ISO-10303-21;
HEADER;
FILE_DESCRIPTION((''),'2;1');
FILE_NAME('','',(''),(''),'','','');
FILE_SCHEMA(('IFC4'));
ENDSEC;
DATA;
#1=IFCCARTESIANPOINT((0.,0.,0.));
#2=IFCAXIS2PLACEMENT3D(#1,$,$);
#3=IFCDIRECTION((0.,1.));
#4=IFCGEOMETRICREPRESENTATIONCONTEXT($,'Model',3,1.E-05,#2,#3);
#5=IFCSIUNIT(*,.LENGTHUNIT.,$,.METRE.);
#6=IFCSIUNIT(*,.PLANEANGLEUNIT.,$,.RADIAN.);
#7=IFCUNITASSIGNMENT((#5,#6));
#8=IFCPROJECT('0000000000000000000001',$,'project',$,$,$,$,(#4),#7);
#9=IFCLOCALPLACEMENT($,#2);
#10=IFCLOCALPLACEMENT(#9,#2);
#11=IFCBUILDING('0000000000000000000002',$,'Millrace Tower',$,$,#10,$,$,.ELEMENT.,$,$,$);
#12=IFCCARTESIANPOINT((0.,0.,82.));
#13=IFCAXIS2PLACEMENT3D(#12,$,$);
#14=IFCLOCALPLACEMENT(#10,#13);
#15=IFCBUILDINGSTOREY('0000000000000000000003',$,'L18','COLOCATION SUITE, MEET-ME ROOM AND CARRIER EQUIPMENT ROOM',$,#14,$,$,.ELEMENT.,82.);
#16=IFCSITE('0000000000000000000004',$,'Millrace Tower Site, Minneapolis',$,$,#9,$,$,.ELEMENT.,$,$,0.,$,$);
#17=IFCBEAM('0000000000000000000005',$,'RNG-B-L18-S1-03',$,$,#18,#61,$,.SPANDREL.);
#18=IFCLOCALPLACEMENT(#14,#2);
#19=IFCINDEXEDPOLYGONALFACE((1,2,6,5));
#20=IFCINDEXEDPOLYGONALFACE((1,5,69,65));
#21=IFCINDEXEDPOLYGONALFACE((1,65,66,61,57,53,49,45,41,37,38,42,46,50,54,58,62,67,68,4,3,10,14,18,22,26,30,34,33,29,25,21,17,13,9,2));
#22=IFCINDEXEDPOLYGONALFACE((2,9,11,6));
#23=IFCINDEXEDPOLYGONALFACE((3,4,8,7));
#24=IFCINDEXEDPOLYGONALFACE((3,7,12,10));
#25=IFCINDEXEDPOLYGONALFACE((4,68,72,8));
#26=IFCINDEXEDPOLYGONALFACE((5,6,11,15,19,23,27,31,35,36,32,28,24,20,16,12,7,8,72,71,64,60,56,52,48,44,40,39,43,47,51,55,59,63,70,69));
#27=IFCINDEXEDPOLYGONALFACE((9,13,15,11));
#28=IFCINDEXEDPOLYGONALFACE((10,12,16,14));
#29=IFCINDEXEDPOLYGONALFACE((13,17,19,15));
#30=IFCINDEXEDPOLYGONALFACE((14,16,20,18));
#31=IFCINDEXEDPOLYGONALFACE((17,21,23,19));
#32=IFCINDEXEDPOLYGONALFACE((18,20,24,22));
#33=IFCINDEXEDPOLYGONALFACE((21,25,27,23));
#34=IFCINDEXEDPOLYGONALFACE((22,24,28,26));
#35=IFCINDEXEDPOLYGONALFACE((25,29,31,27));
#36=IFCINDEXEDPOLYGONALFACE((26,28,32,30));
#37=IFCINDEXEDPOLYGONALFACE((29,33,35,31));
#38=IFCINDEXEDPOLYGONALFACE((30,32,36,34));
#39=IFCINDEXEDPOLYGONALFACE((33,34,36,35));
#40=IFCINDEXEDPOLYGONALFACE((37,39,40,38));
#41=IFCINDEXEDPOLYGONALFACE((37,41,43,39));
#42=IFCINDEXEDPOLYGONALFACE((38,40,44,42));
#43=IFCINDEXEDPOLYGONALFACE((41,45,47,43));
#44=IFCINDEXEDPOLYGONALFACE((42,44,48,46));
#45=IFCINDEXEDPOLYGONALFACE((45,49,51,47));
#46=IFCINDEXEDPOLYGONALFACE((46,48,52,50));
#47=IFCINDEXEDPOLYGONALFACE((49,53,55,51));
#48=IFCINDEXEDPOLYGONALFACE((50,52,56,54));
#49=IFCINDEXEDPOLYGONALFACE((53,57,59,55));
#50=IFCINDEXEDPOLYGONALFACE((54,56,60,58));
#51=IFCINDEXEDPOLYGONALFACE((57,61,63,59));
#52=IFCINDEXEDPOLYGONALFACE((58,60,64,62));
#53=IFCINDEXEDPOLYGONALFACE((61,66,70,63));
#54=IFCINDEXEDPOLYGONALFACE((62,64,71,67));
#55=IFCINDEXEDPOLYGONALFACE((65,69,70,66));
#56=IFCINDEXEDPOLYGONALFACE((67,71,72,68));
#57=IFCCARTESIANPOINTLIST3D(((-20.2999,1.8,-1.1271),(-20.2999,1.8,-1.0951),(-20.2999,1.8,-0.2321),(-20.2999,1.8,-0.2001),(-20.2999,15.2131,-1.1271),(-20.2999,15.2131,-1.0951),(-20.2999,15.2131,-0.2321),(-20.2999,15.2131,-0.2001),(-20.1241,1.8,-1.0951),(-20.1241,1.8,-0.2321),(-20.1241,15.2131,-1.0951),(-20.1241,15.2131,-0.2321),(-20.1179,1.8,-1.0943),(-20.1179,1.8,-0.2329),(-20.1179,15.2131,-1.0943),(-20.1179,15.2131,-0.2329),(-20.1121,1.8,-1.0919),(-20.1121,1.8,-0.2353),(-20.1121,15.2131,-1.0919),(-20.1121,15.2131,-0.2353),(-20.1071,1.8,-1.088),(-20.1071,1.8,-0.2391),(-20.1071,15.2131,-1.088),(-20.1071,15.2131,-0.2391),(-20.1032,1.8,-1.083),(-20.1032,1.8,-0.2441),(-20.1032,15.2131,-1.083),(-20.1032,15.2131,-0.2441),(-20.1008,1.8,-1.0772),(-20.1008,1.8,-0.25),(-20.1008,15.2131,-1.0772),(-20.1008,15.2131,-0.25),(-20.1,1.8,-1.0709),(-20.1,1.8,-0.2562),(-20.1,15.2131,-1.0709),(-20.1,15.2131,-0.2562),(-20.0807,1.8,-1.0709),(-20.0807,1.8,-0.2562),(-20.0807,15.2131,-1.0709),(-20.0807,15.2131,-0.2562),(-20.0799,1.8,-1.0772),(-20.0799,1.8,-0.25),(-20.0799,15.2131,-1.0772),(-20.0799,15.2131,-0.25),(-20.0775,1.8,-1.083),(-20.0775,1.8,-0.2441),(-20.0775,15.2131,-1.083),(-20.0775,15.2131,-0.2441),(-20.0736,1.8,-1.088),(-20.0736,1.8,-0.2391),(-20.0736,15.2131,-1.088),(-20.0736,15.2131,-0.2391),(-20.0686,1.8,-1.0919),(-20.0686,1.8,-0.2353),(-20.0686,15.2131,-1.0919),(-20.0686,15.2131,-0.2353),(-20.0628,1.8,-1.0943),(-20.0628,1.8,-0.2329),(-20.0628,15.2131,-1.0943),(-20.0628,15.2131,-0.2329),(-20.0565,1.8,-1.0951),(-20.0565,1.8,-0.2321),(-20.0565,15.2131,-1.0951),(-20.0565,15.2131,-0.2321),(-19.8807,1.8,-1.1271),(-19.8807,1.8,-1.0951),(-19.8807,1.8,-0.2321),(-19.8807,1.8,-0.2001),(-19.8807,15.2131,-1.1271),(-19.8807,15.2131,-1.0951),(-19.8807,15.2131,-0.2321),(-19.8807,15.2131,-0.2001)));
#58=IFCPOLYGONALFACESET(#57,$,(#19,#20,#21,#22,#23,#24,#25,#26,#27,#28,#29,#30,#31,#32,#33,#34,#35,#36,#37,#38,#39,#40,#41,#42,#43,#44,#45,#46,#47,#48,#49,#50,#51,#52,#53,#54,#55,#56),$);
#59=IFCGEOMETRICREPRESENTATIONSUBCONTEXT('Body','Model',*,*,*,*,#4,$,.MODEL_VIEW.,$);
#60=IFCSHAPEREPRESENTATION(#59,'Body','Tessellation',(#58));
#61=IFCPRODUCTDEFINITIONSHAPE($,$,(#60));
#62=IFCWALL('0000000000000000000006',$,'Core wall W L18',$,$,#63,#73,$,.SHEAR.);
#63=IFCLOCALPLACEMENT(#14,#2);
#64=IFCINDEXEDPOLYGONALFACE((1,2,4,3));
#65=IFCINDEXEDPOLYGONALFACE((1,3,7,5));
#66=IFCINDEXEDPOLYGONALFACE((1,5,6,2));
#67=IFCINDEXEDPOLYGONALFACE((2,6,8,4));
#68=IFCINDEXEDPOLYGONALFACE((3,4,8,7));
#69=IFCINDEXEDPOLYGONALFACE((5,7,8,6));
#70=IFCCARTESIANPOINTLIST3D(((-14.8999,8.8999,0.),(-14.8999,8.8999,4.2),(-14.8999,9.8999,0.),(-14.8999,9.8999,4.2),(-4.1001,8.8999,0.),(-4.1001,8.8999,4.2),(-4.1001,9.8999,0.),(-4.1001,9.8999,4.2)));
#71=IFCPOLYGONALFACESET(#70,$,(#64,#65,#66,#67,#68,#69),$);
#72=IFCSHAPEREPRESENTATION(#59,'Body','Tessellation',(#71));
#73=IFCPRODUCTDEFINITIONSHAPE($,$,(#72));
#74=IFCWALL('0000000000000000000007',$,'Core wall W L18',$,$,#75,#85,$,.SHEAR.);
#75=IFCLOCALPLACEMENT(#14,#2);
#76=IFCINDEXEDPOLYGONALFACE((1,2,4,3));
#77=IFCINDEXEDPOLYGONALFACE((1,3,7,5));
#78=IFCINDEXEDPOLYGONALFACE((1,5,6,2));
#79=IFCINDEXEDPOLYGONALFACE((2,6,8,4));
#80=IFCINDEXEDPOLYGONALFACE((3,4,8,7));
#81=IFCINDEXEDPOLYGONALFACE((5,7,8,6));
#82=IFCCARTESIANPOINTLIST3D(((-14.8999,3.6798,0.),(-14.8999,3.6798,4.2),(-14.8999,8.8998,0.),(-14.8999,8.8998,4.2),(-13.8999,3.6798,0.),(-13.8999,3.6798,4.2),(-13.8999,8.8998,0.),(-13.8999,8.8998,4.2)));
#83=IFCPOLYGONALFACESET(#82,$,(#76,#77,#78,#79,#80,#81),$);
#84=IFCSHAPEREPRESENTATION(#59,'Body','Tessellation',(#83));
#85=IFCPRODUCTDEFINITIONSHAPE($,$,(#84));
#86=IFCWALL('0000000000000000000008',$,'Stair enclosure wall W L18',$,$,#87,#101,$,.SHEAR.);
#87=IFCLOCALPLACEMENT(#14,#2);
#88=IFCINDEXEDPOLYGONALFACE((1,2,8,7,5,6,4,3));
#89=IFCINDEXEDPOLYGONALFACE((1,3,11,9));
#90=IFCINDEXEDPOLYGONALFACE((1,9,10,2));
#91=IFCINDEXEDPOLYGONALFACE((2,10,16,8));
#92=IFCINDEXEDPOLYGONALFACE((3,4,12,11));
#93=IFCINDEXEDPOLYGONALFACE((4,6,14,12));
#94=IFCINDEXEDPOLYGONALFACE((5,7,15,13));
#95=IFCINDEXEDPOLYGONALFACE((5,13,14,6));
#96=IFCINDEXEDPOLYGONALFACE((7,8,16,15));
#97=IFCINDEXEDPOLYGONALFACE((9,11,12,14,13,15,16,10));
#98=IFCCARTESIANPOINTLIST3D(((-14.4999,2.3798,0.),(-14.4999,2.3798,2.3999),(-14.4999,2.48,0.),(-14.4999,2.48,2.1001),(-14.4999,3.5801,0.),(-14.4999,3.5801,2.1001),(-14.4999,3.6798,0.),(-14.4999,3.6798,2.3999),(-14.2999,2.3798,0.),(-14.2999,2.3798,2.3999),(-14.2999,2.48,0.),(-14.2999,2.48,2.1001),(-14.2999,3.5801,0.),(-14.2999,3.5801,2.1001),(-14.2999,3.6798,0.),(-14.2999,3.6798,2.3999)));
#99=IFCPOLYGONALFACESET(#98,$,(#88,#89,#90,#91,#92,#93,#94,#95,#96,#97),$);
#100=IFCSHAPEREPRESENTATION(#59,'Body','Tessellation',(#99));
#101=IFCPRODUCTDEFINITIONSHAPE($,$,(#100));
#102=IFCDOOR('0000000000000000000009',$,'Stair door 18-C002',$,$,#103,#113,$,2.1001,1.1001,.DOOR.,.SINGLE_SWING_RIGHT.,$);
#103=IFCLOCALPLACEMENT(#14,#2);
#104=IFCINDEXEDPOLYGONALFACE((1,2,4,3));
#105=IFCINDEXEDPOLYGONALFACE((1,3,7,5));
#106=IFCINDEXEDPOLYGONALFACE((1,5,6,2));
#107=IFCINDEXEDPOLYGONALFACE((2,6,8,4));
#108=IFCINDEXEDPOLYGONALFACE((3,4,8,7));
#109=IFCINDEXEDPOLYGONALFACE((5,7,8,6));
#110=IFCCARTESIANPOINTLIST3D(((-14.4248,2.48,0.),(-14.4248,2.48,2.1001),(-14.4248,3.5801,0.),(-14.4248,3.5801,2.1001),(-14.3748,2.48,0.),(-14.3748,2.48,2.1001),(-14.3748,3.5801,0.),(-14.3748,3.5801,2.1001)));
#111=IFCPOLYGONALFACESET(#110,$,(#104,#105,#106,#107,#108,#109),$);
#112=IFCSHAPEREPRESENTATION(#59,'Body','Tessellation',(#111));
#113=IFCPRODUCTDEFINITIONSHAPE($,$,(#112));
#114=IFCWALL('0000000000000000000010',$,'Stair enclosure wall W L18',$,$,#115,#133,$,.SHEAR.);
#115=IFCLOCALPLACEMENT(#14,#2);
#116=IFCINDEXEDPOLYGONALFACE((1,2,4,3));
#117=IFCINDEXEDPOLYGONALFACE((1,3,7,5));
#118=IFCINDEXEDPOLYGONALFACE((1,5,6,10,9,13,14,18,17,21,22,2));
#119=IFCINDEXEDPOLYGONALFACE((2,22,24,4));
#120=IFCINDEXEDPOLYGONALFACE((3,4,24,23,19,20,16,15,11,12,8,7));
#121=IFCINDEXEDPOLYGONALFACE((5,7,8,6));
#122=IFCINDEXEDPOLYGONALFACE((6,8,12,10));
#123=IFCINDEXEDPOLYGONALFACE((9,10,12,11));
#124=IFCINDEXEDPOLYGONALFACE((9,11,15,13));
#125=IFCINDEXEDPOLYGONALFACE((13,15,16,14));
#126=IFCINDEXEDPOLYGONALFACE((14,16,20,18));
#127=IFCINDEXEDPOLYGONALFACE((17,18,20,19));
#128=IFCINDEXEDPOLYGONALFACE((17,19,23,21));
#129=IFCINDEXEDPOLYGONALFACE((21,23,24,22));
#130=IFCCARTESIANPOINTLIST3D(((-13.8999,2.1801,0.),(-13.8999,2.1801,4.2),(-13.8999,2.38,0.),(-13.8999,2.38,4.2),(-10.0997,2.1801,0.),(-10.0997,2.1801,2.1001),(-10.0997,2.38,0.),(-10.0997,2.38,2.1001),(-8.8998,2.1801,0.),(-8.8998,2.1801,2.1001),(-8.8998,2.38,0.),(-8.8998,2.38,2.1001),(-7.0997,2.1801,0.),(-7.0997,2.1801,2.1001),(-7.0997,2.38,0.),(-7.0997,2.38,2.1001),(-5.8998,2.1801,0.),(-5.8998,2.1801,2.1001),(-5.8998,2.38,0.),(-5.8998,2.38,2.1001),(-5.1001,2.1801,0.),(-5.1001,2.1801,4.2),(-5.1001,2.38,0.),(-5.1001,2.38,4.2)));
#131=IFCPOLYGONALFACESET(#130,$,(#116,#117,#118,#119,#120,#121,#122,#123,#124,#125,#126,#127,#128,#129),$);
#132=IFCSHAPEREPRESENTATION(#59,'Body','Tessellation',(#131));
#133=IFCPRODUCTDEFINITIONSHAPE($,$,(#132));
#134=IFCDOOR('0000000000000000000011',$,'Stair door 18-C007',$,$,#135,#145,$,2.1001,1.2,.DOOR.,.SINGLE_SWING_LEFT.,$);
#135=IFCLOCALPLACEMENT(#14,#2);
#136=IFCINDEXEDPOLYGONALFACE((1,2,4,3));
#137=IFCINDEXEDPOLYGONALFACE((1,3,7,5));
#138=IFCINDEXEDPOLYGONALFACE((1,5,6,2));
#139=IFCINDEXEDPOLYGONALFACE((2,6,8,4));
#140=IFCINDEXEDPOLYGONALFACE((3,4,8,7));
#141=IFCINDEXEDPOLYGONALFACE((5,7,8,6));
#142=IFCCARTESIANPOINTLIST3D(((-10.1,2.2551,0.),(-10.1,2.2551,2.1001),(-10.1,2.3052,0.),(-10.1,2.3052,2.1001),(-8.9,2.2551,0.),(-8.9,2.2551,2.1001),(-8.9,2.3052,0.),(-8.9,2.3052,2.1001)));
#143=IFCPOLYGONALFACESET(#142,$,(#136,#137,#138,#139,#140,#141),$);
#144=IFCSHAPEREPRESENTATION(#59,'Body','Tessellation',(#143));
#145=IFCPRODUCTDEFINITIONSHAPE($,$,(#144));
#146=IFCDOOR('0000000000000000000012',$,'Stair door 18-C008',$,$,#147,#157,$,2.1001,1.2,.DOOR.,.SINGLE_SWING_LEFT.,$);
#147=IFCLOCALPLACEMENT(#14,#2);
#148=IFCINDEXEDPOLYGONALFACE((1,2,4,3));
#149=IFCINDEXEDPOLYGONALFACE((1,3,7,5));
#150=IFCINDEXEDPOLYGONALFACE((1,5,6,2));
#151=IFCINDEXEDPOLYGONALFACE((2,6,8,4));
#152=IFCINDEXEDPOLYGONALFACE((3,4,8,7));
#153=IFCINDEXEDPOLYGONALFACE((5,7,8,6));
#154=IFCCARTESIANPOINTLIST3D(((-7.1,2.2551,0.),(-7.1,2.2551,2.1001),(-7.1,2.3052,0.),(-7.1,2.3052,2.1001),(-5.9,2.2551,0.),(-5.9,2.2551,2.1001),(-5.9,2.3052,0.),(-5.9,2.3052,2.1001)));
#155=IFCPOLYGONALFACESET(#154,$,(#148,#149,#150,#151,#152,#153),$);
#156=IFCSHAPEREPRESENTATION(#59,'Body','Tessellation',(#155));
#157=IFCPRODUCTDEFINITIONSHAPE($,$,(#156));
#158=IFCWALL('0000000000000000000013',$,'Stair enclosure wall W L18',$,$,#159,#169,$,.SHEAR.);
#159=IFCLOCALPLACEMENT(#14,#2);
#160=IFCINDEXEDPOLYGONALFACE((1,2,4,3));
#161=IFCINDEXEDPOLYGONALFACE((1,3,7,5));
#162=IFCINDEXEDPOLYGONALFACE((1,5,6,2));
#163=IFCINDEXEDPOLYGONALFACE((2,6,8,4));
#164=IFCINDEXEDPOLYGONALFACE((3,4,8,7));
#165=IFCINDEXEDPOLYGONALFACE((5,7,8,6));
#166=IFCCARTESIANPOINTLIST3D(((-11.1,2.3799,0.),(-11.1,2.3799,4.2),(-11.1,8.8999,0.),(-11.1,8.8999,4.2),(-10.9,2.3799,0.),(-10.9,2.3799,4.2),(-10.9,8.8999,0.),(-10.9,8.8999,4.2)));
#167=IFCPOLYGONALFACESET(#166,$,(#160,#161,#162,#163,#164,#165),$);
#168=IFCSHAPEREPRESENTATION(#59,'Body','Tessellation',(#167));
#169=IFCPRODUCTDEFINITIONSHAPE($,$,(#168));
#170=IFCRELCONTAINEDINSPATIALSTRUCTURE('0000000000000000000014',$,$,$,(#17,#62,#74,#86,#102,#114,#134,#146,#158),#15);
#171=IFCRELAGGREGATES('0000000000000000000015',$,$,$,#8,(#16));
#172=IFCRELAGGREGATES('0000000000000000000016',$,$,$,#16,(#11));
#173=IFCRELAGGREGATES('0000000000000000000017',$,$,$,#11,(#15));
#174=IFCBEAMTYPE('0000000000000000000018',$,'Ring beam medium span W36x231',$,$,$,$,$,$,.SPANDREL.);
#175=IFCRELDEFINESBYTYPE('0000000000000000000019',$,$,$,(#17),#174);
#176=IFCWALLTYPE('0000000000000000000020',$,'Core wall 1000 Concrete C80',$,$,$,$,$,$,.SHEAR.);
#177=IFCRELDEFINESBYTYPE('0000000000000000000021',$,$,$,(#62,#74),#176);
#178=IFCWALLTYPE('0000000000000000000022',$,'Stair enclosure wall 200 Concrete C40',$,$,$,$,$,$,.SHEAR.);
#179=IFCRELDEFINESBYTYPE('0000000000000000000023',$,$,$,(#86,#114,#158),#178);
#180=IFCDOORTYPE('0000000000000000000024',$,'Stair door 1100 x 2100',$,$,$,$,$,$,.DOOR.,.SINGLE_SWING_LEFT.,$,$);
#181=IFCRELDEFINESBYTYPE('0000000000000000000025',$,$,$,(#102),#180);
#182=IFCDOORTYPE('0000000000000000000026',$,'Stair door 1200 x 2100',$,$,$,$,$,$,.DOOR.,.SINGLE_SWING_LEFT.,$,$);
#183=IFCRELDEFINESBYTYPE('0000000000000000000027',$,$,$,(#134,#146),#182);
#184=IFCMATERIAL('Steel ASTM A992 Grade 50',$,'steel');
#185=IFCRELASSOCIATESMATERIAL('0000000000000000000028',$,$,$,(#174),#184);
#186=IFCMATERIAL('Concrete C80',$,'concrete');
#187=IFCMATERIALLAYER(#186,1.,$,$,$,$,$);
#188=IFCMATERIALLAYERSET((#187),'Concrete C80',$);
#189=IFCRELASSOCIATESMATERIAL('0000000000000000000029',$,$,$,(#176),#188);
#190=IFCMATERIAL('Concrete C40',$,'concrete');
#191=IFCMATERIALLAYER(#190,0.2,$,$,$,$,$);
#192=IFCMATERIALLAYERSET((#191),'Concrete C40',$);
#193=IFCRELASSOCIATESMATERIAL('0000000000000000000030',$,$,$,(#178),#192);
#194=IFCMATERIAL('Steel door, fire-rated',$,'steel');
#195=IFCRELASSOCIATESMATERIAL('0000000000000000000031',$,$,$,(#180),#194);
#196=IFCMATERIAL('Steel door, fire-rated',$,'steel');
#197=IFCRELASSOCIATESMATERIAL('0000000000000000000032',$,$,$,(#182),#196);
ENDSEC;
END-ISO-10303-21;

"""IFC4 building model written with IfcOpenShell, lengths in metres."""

from ifc_helpers import new_model, si_unit, direction, frame, frame_2d, origin, origin_2d, place, context, subcontext, project, spatial, rectangle, i_section, extrude, material, layer, layer_set, material_profile, profile_set, type_object, element, fill, save


model = new_model("IFC4")

# Units and contexts
model_context = context("Model", 3, precision=1e-05, world=origin(), true_north=direction((0.0, 1.0)))
body_context = subcontext(model_context, "Body", "Model", "MODEL_VIEW")
ifc_project = project(units=[si_unit("LENGTHUNIT", "METRE"), si_unit("PLANEANGLEUNIT", "RADIAN")], contexts=[model_context])

# Site, building, storey
site_placement = place(None, origin())
site = spatial("IfcSite", under=ifc_project, at=site_placement, Name="Millrace Tower Site, Minneapolis", CompositionType="ELEMENT", RefElevation=0.0)
building_placement = place(site_placement, origin())
building = spatial("IfcBuilding", under=site, at=building_placement, Name="Millrace Tower", CompositionType="ELEMENT")
storey_placement = place(building_placement, frame((0.0, 0.0, 82.0)))
storey = spatial("IfcBuildingStorey", under=building, at=storey_placement, Name="L18", Description="COLOCATION SUITE, MEET-ME ROOM AND CARRIER EQUIPMENT ROOM", CompositionType="ELEMENT", Elevation=82.0)

# Beam
ifc_material_1 = material(Name="Steel ASTM A992 Grade 50", Category="steel")
ifc_material_profile_1 = material_profile(ifc_material_1, i_section(OverallWidth=0.4192, OverallDepth=0.927, WebThickness=0.0193, FlangeThickness=0.032, FilletRadius=0.0242, at=origin_2d()))
ifc_profile_set_1 = profile_set([ifc_material_profile_1], Name="Steel ASTM A992 Grade 50")
beam_type_1 = type_object("IfcBeamType", Name="Ring beam medium span W36x231", PredefinedType="SPANDREL", material=ifc_profile_set_1)
beam_1_placement = place(storey_placement, frame((-20.0903, 1.8, -0.6636), z_axis=(0.0, 1.0, 0.0), x_axis=(-1.0, 0.0, 0.0)))
element("IfcBeam", 1, at=beam_1_placement, inside=storey, type_object=beam_type_1, Name="RNG-B-L18-S1-03", PredefinedType="SPANDREL", context=body_context, shape_type="SweptSolid", body=[
    extrude(i_section(OverallWidth=0.4192, OverallDepth=0.927, WebThickness=0.0193, FlangeThickness=0.032, FilletRadius=0.0242, at=origin_2d()), origin(), (0.0, 0.0, 1.0), 13.4131),
])

# Walls
ifc_material_2 = material(Name="Concrete C80", Category="concrete")
ifc_layer_1 = layer(ifc_material_2, 1.0)
ifc_layer_set_1 = layer_set([ifc_layer_1], Name="Concrete C80")
wall_type_1 = type_object("IfcWallType", Name="Core wall 1000 Concrete C80", PredefinedType="SHEAR", material=ifc_layer_set_1)
wall_1_placement = place(storey_placement, frame((-14.8999, 9.3999, 0.0), z_axis=(0.0, 0.0, 1.0), x_axis=(1.0, 0.0, 0.0)))
element("IfcWall", 2, at=wall_1_placement, inside=storey, type_object=wall_type_1, Name="Core wall W L18", PredefinedType="SHEAR", context=body_context, shape_type="SweptSolid", body=[
    extrude(rectangle(XDim=10.7998, YDim=1.0, at=frame_2d((5.3999, 0.0))), origin(), (0.0, 0.0, 1.0), 4.2),
])
wall_2_placement = place(storey_placement, frame((-14.3999, 3.6799, 0.0), z_axis=(0.0, 0.0, 1.0), x_axis=(0.0, 1.0, 0.0)))
element("IfcWall", 3, at=wall_2_placement, inside=storey, type_object=wall_type_1, Name="Core wall W L18", PredefinedType="SHEAR", context=body_context, shape_type="SweptSolid", body=[
    extrude(rectangle(XDim=5.22, YDim=1.0, at=frame_2d((2.6099, 0.0))), origin(), (0.0, 0.0, 1.0), 4.2),
])

# Wall, opening, door
ifc_material_3 = material(Name="Concrete C40", Category="concrete")
ifc_layer_2 = layer(ifc_material_3, 0.2)
ifc_layer_set_2 = layer_set([ifc_layer_2], Name="Concrete C40")
wall_type_2 = type_object("IfcWallType", Name="Stair enclosure wall 200 Concrete C40", PredefinedType="SHEAR", material=ifc_layer_set_2)
wall_3_placement = place(storey_placement, frame((-14.3999, 2.3799, 0.0), z_axis=(0.0, 0.0, 1.0), x_axis=(0.0, 1.0, 0.0)))
wall_3 = element("IfcWall", 4, at=wall_3_placement, inside=storey, type_object=wall_type_2, Name="Stair enclosure wall W L18", PredefinedType="SHEAR", context=body_context, shape_type="SweptSolid", body=[
    extrude(rectangle(XDim=1.3, YDim=0.2, at=frame_2d((0.6499, 0.0))), origin(), (0.0, 0.0, 1.0), 2.3999),
])
opening_1_placement = place(wall_3_placement, frame((0.1001, 0.0, 0.0)))
opening_1 = element("IfcOpeningElement", 5, at=opening_1_placement, cuts=wall_3, PredefinedType="OPENING", context=body_context, shape_type="SweptSolid", body=[
    extrude(rectangle(XDim=1.1001, YDim=2.1001, at=frame_2d((0.55, 1.05))), frame((0.0, 0.1099, 0.0), z_axis=(0.0, -1.0, 0.0), x_axis=(1.0, 0.0, 0.0)), (0.0, 0.0, 1.0), 0.22),
])
ifc_material_4 = material(Name="Steel door, fire-rated", Category="steel")
door_type_1 = type_object("IfcDoorType", Name="Stair door 1100 x 2100", OperationType="SINGLE_SWING_LEFT", PredefinedType="DOOR", material=ifc_material_4)
door_1_placement = place(opening_1_placement, origin())
door_1 = element("IfcDoor", 6, at=door_1_placement, inside=storey, type_object=door_type_1, Name="Stair door 18-C002", OperationType="SINGLE_SWING_RIGHT", OverallHeight=2.1001, OverallWidth=1.1001, PredefinedType="DOOR", context=body_context, shape_type="SweptSolid", body=[
    extrude(rectangle(XDim=1.1001, YDim=2.1001, at=frame_2d((0.55, 1.05))), frame((0.0, 0.0249, 0.0), z_axis=(0.0, -1.0, 0.0), x_axis=(1.0, 0.0, 0.0)), (0.0, 0.0, 1.0), 0.05),
])
fill(opening_1, door_1)

# Wall, openings, doors
wall_4_placement = place(storey_placement, frame((-13.8999, 2.28, 0.0), z_axis=(0.0, 0.0, 1.0), x_axis=(1.0, 0.0, 0.0)))
wall_4 = element("IfcWall", 7, at=wall_4_placement, inside=storey, type_object=wall_type_2, Name="Stair enclosure wall W L18", PredefinedType="SHEAR", context=body_context, shape_type="SweptSolid", body=[
    extrude(rectangle(XDim=8.7998, YDim=0.2, at=frame_2d((4.3999, 0.0))), origin(), (0.0, 0.0, 1.0), 4.2),
])
opening_2_placement = place(wall_4_placement, frame((3.8, 0.0, 0.0)))
opening_2 = element("IfcOpeningElement", 8, at=opening_2_placement, cuts=wall_4, PredefinedType="OPENING", context=body_context, shape_type="SweptSolid", body=[
    extrude(rectangle(XDim=1.2, YDim=2.1001, at=frame_2d((0.6001, 1.05))), frame((0.0, 0.1099, 0.0), z_axis=(0.0, -1.0, 0.0), x_axis=(1.0, 0.0, 0.0)), (0.0, 0.0, 1.0), 0.22),
])
opening_3_placement = place(wall_4_placement, frame((6.8, 0.0, 0.0)))
opening_3 = element("IfcOpeningElement", 9, at=opening_3_placement, cuts=wall_4, PredefinedType="OPENING", context=body_context, shape_type="SweptSolid", body=[
    extrude(rectangle(XDim=1.2, YDim=2.1001, at=frame_2d((0.6001, 1.05))), frame((0.0, 0.1099, 0.0), z_axis=(0.0, -1.0, 0.0), x_axis=(1.0, 0.0, 0.0)), (0.0, 0.0, 1.0), 0.22),
])
ifc_material_5 = material(Name="Steel door, fire-rated", Category="steel")
door_type_2 = type_object("IfcDoorType", Name="Stair door 1200 x 2100", OperationType="SINGLE_SWING_LEFT", PredefinedType="DOOR", material=ifc_material_5)
door_2_placement = place(opening_2_placement, frame((1.2, 0.0, 0.0), z_axis=(0.0, 0.0, 1.0), x_axis=(-1.0, 0.0, 0.0)))
door_2 = element("IfcDoor", 10, at=door_2_placement, inside=storey, type_object=door_type_2, Name="Stair door 18-C007", OperationType="SINGLE_SWING_LEFT", OverallHeight=2.1001, OverallWidth=1.2, PredefinedType="DOOR", context=body_context, shape_type="SweptSolid", body=[
    extrude(rectangle(XDim=1.2, YDim=2.1001, at=frame_2d((0.6001, 1.05))), frame((0.0, 0.0249, 0.0), z_axis=(0.0, -1.0, 0.0), x_axis=(1.0, 0.0, 0.0)), (0.0, 0.0, 1.0), 0.05),
])
fill(opening_2, door_2)
door_3_placement = place(opening_3_placement, frame((1.2, 0.0, 0.0), z_axis=(0.0, 0.0, 1.0), x_axis=(-1.0, 0.0, 0.0)))
door_3 = element("IfcDoor", 11, at=door_3_placement, inside=storey, type_object=door_type_2, Name="Stair door 18-C008", OperationType="SINGLE_SWING_LEFT", OverallHeight=2.1001, OverallWidth=1.2, PredefinedType="DOOR", context=body_context, shape_type="SweptSolid", body=[
    extrude(rectangle(XDim=1.2, YDim=2.1001, at=frame_2d((0.6001, 1.05))), frame((0.0, 0.0249, 0.0), z_axis=(0.0, -1.0, 0.0), x_axis=(1.0, 0.0, 0.0)), (0.0, 0.0, 1.0), 0.05),
])
fill(opening_3, door_3)

# Wall
wall_5_placement = place(storey_placement, frame((-11.0, 2.3799, 0.0), z_axis=(0.0, 0.0, 1.0), x_axis=(0.0, 1.0, 0.0)))
element("IfcWall", 12, at=wall_5_placement, inside=storey, type_object=wall_type_2, Name="Stair enclosure wall W L18", PredefinedType="SHEAR", context=body_context, shape_type="SweptSolid", body=[
    extrude(rectangle(XDim=6.52, YDim=0.2, at=frame_2d((3.26, 0.0))), origin(), (0.0, 0.0, 1.0), 4.2),
])

save(model, "model.ifc")
